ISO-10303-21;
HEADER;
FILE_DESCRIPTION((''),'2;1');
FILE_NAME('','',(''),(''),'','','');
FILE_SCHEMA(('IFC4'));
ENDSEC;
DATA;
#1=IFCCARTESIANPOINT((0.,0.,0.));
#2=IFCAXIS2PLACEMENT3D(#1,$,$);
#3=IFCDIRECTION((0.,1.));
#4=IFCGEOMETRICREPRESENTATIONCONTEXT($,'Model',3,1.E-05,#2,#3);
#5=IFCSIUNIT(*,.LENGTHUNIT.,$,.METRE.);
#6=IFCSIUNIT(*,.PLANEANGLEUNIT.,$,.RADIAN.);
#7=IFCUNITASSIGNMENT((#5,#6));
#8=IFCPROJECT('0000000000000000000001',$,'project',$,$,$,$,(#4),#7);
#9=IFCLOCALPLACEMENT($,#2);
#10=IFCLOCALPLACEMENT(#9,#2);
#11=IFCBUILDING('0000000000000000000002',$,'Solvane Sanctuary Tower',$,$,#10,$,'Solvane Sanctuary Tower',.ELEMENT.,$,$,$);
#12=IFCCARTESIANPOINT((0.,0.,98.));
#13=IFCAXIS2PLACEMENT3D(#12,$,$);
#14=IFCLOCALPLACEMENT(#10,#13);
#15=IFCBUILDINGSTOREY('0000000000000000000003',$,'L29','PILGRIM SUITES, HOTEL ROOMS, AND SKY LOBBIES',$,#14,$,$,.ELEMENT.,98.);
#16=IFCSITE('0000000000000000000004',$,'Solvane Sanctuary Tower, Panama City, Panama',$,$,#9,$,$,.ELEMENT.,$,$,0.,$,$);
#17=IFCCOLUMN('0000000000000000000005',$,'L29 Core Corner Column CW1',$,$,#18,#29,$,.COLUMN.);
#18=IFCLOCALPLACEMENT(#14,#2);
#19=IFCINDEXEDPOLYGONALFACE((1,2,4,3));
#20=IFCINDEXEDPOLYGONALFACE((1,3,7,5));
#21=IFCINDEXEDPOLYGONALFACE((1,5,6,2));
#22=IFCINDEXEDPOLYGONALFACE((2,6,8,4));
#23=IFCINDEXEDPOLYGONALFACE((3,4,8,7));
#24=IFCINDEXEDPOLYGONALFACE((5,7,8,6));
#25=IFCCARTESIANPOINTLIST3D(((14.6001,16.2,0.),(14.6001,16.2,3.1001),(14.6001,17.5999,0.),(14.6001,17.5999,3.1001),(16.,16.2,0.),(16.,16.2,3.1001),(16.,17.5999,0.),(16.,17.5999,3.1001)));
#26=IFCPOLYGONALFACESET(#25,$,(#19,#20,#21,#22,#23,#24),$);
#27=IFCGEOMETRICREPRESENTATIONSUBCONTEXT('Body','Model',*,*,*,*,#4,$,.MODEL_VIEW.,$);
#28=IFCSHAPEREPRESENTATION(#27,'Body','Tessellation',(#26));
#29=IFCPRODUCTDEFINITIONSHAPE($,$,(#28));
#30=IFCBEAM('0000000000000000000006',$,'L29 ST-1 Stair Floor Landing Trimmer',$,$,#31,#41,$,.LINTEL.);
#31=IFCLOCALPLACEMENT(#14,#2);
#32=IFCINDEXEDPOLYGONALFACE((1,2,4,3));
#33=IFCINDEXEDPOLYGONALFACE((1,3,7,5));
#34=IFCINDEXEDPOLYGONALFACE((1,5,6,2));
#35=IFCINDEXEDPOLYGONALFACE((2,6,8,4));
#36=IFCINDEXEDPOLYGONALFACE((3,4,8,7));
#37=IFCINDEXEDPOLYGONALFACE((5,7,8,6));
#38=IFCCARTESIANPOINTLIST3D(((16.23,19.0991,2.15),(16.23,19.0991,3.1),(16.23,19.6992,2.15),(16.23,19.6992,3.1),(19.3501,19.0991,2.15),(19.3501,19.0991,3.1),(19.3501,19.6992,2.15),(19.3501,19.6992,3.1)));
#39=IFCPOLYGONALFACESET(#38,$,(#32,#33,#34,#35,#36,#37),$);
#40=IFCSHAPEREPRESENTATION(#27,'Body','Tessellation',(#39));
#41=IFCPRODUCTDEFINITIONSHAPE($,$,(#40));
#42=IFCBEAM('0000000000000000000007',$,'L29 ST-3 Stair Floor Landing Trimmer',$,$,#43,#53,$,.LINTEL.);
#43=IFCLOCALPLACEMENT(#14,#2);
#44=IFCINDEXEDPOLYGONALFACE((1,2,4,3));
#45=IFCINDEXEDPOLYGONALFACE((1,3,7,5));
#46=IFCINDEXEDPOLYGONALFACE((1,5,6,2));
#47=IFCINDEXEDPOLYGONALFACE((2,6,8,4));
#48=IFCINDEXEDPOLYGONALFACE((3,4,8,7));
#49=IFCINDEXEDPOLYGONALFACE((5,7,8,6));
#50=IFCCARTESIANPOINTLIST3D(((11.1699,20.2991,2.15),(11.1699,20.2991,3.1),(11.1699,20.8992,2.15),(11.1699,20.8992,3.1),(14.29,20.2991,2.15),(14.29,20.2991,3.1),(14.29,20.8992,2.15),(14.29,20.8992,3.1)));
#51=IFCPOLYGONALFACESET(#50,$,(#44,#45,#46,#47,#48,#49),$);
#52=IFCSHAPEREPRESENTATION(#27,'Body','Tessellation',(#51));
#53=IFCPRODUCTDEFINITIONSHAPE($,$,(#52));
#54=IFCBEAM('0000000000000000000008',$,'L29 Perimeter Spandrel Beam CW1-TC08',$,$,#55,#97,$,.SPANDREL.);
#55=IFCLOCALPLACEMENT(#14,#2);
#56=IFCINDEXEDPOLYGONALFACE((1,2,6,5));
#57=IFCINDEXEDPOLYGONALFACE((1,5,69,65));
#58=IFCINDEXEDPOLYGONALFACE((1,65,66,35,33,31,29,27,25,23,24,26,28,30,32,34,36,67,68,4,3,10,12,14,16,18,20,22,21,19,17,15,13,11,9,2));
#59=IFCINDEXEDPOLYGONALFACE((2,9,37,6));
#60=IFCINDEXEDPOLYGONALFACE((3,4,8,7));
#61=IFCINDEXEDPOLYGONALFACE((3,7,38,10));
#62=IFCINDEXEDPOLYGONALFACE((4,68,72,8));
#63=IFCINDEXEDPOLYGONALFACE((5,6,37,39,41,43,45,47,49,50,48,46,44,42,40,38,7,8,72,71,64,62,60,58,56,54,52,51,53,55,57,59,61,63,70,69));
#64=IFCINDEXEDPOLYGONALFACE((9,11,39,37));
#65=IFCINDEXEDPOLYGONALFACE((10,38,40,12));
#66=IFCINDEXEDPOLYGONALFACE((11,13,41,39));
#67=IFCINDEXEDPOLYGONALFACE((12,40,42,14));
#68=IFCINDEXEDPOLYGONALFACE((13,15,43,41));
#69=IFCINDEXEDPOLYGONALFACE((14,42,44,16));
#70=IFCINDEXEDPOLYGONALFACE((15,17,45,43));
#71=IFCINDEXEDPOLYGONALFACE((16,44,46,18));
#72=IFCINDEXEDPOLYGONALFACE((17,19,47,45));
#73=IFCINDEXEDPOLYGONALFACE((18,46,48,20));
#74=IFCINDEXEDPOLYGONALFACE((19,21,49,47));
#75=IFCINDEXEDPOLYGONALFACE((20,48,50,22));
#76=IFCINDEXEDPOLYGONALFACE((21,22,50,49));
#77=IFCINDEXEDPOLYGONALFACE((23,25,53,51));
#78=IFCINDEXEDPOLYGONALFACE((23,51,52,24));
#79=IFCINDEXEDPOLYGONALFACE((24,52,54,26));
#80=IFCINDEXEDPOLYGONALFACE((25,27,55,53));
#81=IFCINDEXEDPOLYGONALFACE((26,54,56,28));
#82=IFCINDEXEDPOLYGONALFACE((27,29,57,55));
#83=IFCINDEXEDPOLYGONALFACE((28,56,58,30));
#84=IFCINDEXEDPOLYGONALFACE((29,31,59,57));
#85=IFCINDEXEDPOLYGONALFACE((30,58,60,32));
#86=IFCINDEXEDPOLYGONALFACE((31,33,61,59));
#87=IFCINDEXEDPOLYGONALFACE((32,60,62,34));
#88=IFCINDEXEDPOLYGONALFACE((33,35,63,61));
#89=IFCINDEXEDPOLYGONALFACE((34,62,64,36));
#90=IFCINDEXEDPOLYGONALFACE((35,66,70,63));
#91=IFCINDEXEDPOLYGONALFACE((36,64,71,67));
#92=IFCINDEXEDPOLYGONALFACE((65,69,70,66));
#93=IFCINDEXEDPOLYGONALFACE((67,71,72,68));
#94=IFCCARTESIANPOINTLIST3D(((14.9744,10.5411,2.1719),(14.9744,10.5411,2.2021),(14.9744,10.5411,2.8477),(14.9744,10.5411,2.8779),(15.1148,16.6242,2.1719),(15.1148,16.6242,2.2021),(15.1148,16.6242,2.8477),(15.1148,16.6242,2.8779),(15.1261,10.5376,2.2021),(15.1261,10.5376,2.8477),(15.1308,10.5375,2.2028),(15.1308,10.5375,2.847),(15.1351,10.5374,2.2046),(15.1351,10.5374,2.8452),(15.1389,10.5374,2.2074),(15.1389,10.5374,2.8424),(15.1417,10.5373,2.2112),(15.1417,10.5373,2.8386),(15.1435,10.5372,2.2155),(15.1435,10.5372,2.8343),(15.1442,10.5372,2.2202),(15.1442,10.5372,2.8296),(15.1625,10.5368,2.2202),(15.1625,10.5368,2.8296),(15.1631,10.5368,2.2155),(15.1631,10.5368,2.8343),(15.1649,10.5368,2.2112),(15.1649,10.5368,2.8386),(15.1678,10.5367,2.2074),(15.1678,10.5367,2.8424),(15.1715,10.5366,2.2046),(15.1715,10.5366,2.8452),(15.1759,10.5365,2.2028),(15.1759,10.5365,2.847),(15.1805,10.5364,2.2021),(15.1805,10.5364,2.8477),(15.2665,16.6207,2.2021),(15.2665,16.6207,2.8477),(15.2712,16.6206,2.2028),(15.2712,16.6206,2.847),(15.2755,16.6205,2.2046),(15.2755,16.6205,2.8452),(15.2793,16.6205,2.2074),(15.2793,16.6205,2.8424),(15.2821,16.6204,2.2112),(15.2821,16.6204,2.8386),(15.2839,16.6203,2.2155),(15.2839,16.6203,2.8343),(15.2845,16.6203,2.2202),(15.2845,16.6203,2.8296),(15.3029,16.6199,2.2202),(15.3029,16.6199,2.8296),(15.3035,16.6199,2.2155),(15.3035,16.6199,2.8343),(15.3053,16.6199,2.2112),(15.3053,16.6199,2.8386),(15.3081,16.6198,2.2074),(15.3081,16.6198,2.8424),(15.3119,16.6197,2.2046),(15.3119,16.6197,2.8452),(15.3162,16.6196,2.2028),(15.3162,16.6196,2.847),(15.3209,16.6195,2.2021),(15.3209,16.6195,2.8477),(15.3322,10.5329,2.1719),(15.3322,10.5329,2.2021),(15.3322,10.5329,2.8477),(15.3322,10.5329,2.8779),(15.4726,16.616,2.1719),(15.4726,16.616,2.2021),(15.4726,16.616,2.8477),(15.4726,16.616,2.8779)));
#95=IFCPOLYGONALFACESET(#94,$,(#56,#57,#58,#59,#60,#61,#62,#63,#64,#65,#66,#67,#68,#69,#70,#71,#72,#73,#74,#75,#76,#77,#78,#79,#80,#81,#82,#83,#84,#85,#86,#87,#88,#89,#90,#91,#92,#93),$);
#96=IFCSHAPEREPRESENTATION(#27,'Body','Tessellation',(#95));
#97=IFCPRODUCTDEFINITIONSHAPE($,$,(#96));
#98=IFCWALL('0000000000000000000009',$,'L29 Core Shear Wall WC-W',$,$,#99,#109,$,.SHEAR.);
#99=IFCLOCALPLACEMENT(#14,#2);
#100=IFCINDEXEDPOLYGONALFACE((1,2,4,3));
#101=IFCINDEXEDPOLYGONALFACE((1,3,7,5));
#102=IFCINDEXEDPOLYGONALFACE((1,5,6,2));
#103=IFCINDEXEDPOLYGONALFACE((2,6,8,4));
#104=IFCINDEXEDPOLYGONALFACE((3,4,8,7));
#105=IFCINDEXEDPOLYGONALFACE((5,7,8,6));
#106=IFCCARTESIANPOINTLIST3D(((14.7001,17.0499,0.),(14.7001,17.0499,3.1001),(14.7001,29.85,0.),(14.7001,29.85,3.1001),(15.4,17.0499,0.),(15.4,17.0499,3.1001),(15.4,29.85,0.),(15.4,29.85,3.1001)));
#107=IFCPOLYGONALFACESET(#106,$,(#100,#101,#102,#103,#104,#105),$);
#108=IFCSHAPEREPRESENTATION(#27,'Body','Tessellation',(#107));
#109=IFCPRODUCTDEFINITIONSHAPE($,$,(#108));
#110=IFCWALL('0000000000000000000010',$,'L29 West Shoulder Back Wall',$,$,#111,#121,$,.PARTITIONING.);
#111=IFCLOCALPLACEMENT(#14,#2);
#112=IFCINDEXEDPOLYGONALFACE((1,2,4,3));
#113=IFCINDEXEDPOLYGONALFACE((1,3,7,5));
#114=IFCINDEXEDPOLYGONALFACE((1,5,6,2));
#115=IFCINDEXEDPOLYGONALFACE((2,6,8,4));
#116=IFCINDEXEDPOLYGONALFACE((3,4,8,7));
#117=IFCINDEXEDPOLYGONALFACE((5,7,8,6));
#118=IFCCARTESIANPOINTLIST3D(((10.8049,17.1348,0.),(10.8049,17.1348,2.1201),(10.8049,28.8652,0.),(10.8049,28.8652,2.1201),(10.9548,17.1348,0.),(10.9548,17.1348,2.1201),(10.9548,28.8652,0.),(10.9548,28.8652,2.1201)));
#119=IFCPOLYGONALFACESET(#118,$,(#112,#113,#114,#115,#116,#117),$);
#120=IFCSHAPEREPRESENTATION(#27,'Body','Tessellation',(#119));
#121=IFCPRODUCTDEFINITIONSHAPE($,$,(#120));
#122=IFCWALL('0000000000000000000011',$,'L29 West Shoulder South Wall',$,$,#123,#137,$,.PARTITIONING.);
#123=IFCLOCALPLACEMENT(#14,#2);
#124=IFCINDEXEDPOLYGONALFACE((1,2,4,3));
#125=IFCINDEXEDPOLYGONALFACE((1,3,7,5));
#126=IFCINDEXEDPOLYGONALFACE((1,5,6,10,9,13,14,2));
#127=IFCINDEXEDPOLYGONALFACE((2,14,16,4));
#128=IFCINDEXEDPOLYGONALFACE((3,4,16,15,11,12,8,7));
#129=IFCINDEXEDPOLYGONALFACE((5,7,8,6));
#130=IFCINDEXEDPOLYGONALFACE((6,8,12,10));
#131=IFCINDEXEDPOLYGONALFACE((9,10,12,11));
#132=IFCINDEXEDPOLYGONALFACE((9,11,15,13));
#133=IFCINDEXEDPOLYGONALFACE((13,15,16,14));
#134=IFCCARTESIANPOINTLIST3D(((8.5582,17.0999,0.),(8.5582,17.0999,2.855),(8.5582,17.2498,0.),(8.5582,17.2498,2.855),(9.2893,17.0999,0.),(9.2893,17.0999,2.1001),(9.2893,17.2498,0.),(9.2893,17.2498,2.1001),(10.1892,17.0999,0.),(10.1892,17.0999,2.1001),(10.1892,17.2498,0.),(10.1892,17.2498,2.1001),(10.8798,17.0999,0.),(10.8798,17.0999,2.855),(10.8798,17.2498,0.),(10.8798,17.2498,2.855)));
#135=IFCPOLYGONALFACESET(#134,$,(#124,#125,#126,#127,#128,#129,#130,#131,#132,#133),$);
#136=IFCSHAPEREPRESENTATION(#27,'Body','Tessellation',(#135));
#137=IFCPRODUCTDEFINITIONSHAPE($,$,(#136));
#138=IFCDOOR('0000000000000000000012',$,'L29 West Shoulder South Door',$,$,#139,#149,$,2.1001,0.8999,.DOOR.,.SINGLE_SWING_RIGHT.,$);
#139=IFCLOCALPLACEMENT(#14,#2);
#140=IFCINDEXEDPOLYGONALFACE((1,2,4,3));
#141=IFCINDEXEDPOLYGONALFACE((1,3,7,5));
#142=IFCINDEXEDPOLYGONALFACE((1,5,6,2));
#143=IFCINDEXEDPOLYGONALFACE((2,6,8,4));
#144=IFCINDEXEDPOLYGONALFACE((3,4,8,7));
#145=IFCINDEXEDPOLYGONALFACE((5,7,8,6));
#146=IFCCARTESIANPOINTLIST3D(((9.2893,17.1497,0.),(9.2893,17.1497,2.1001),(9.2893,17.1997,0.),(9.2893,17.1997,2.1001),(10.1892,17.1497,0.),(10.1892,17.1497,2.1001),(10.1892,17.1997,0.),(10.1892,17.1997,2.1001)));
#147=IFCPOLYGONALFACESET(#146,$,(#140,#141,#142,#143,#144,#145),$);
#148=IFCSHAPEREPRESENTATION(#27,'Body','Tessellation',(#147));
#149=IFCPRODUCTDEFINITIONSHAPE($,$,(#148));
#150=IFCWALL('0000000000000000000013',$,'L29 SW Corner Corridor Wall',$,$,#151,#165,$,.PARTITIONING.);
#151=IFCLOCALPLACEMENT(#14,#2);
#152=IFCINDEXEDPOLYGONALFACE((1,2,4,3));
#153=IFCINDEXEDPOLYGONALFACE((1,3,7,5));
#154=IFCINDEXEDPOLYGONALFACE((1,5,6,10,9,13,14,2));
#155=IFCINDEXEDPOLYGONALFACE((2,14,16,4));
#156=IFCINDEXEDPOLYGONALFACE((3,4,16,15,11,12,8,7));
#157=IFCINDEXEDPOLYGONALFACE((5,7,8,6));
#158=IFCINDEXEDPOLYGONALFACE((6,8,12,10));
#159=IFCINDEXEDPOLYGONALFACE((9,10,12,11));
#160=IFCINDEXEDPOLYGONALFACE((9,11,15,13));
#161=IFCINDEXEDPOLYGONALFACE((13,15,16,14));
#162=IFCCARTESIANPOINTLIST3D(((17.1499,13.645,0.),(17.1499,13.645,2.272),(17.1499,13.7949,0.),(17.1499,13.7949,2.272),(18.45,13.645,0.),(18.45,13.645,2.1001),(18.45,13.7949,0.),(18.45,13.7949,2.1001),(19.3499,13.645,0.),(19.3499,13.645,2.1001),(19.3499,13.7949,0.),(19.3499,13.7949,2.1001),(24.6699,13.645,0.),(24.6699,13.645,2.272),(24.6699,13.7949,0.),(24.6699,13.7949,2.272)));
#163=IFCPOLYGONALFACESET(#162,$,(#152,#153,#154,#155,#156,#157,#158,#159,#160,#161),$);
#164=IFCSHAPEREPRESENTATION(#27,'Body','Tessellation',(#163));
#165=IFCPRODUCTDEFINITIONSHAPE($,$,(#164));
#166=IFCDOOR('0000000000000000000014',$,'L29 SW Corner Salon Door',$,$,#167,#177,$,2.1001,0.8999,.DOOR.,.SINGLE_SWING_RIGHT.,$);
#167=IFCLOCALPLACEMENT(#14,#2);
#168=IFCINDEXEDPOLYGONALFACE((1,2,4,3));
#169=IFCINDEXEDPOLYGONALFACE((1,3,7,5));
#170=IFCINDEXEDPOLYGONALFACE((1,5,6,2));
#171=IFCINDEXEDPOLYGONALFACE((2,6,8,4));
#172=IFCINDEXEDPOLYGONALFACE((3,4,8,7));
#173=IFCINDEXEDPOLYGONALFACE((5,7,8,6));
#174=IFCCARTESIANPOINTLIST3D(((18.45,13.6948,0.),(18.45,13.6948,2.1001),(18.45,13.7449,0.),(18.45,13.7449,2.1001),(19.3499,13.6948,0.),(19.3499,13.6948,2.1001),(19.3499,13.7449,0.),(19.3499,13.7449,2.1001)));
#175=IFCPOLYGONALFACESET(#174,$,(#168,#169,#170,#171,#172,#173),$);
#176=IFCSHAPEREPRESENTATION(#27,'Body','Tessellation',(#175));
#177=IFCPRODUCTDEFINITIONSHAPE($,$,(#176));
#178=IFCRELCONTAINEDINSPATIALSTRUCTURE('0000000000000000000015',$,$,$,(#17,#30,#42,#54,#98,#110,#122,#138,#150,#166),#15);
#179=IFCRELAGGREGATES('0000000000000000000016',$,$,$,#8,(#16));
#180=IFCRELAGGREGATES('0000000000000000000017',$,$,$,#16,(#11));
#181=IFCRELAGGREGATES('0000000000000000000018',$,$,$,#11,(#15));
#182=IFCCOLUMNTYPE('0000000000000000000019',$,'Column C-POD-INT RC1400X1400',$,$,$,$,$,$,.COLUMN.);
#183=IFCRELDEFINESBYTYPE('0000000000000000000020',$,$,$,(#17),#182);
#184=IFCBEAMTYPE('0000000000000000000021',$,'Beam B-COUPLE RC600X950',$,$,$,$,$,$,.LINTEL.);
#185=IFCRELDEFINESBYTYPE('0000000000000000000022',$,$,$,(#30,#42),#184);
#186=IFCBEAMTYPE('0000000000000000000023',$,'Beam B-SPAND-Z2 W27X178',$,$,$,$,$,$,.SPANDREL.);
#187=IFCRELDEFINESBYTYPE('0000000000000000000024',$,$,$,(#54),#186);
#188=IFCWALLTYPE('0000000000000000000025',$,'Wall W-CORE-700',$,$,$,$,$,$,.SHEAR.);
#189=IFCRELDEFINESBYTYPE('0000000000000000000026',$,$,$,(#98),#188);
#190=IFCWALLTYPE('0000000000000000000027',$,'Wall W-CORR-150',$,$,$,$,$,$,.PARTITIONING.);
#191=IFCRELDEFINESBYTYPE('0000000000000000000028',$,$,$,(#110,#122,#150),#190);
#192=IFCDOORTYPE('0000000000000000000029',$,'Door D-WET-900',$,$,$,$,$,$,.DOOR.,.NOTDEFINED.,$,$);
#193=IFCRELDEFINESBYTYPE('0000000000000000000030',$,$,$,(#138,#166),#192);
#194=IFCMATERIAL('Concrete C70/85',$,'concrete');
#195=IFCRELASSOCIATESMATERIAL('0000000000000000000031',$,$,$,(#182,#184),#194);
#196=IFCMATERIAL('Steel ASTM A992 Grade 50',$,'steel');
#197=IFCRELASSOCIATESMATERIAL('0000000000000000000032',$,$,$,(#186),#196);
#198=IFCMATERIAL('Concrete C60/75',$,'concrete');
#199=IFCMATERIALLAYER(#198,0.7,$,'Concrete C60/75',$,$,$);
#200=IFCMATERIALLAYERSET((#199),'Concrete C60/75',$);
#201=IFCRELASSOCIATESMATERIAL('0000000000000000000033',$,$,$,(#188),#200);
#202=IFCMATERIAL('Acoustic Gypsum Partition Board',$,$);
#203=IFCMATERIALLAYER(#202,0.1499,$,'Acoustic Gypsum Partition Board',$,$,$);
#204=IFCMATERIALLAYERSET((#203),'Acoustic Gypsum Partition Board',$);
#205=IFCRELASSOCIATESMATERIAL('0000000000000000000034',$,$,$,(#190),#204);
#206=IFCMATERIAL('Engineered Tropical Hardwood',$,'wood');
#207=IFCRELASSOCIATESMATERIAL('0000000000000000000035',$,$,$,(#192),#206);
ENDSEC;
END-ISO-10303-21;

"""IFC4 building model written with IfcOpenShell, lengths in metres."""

from ifc_helpers import new_model, si_unit, direction, frame, frame_2d, origin, origin_2d, place, context, subcontext, project, spatial, rectangle, i_section, extrude, material, layer, layer_set, material_profile, profile_set, type_object, element, fill, save


model = new_model("IFC4")

# Units and contexts
model_context = context("Model", 3, precision=1e-05, world=origin(), true_north=direction((0.0, 1.0)))
body_context = subcontext(model_context, "Body", "Model", "MODEL_VIEW")
ifc_project = project(units=[si_unit("LENGTHUNIT", "METRE"), si_unit("PLANEANGLEUNIT", "RADIAN")], contexts=[model_context])

# Site, building, storey
site_placement = place(None, origin())
site = spatial("IfcSite", under=ifc_project, at=site_placement, Name="Solvane Sanctuary Tower, Panama City, Panama", CompositionType="ELEMENT", RefElevation=0.0)
building_placement = place(site_placement, origin())
building = spatial("IfcBuilding", under=site, at=building_placement, Name="Solvane Sanctuary Tower", LongName="Solvane Sanctuary Tower", CompositionType="ELEMENT")
storey_placement = place(building_placement, frame((0.0, 0.0, 98.0)))
storey = spatial("IfcBuildingStorey", under=building, at=storey_placement, Name="L29", Description="PILGRIM SUITES, HOTEL ROOMS, AND SKY LOBBIES", CompositionType="ELEMENT", Elevation=98.0)

# Column
ifc_material_1 = material(Name="Concrete C70/85", Category="concrete")
ifc_material_profile_1 = material_profile(ifc_material_1, rectangle(XDim=1.3999, YDim=1.3999, at=origin_2d()), Name="RC1400X1400")
ifc_profile_set_1 = profile_set([ifc_material_profile_1], Name="Concrete C70/85")
column_type = type_object("IfcColumnType", Name="Column C-POD-INT RC1400X1400", PredefinedType="COLUMN", material=ifc_profile_set_1)
column_placement = place(storey_placement, frame((15.3, 16.8999, 0.0), z_axis=(0.0, 0.0, 1.0), x_axis=(1.0, 0.0, 0.0)))
element("IfcColumn", 1, at=column_placement, inside=storey, type_object=column_type, Name="L29 Core Corner Column CW1", PredefinedType="COLUMN", context=body_context, shape_type="SweptSolid", body=[
    extrude(rectangle(XDim=1.3999, YDim=1.3999, at=origin_2d()), origin(), (0.0, 0.0, 1.0), 3.1001),
])

# Beams
ifc_material_profile_2 = material_profile(ifc_material_1, rectangle(XDim=0.6001, YDim=0.95, at=origin_2d()), Name="RC600X950")
ifc_profile_set_2 = profile_set([ifc_material_profile_2], Name="Concrete C70/85")
beam_type_1 = type_object("IfcBeamType", Name="Beam B-COUPLE RC600X950", PredefinedType="LINTEL", material=ifc_profile_set_2)
for number, where, z_axis, x_axis, name in (
    (2, (16.23, 19.3992, 2.625), (1.0, 0.0, 0.0), (0.0, 1.0, 0.0), "L29 ST-1 Stair Floor Landing Trimmer"),
    (3, (11.1699, 20.5991, 2.625), (1.0, 0.0, 0.0), (0.0, 1.0, 0.0), "L29 ST-3 Stair Floor Landing Trimmer"),
):
    element("IfcBeam", number, at=place(storey_placement, frame(where, z_axis=z_axis, x_axis=x_axis)), inside=storey, type_object=beam_type_1, Name=name, PredefinedType="LINTEL", context=body_context, shape_type="SweptSolid", body=[
        extrude(rectangle(XDim=0.6001, YDim=0.95, at=origin_2d()), origin(), (0.0, 0.0, 1.0), 3.1201),
    ])
ifc_material_2 = material(Name="Steel ASTM A992 Grade 50", Category="steel")
ifc_material_profile_3 = material_profile(ifc_material_2, i_section(OverallWidth=0.3579, OverallDepth=0.7061, WebThickness=0.0183, FlangeThickness=0.0303, FilletRadius=0.0181, at=origin_2d()), Name="W27X178")
ifc_profile_set_3 = profile_set([ifc_material_profile_3], Name="Steel ASTM A992 Grade 50")
beam_type_2 = type_object("IfcBeamType", Name="Beam B-SPAND-Z2 W27X178", PredefinedType="SPANDREL", material=ifc_profile_set_3)
beam_placement = place(storey_placement, frame((15.2937, 16.6201, 2.5249), z_axis=(-0.023071, -0.999734, 0.0), x_axis=(0.999734, -0.023071, 0.0)))
element("IfcBeam", 4, at=beam_placement, inside=storey, type_object=beam_type_2, Name="L29 Perimeter Spandrel Beam CW1-TC08", PredefinedType="SPANDREL", context=body_context, shape_type="SweptSolid", body=[
    extrude(i_section(OverallWidth=0.3579, OverallDepth=0.7061, WebThickness=0.0183, FlangeThickness=0.0303, FilletRadius=0.0181, at=origin_2d()), origin(), (0.0, 0.0, 1.0), 6.0847),
])

# Walls
ifc_material_3 = material(Name="Concrete C60/75", Category="concrete")
ifc_layer_1 = layer(ifc_material_3, 0.7, Name="Concrete C60/75")
ifc_layer_set_1 = layer_set([ifc_layer_1], Name="Concrete C60/75")
wall_type_1 = type_object("IfcWallType", Name="Wall W-CORE-700", PredefinedType="SHEAR", material=ifc_layer_set_1)
wall_1_placement = place(storey_placement, frame((15.05, 17.05, 0.0), z_axis=(0.0, 0.0, 1.0), x_axis=(0.0, 1.0, 0.0)))
element("IfcWall", 5, at=wall_1_placement, inside=storey, type_object=wall_type_1, Name="L29 Core Shear Wall WC-W", PredefinedType="SHEAR", context=body_context, shape_type="SweptSolid", body=[
    extrude(rectangle(XDim=12.8, YDim=0.7, at=frame_2d((6.3999, 0.0))), origin(), (0.0, 0.0, 1.0), 3.1001),
])
ifc_material_4 = material(Name="Acoustic Gypsum Partition Board")
ifc_layer_2 = layer(ifc_material_4, 0.1499, Name="Acoustic Gypsum Partition Board")
ifc_layer_set_2 = layer_set([ifc_layer_2], Name="Acoustic Gypsum Partition Board")
wall_type_2 = type_object("IfcWallType", Name="Wall W-CORR-150", PredefinedType="PARTITIONING", material=ifc_layer_set_2)
wall_2_placement = place(storey_placement, frame((10.8799, 17.1348, 0.0), z_axis=(0.0, 0.0, 1.0), x_axis=(0.0, 1.0, 0.0)))
element("IfcWall", 6, at=wall_2_placement, inside=storey, type_object=wall_type_2, Name="L29 West Shoulder Back Wall", PredefinedType="PARTITIONING", context=body_context, shape_type="SweptSolid", body=[
    extrude(rectangle(XDim=11.7305, YDim=0.1499, at=frame_2d((5.8652, 0.0))), origin(), (0.0, 0.0, 1.0), 2.1201),
])

# Walls, openings, doors
wall_3_placement = place(storey_placement, frame((8.5583, 17.1748, 0.0), z_axis=(0.0, 0.0, 1.0), x_axis=(1.0, 0.0, 0.0)))
wall_3 = element("IfcWall", 7, at=wall_3_placement, inside=storey, type_object=wall_type_2, Name="L29 West Shoulder South Wall", PredefinedType="PARTITIONING", context=body_context, shape_type="SweptSolid", body=[
    extrude(rectangle(XDim=2.3215, YDim=0.1499, at=frame_2d((1.1606, 0.0))), origin(), (0.0, 0.0, 1.0), 2.855),
])
opening_1_placement = place(wall_3_placement, frame((0.731, 0.0, 0.0)))
opening_1 = element("IfcOpeningElement", 8, at=opening_1_placement, cuts=wall_3, PredefinedType="OPENING", context=body_context, shape_type="SweptSolid", body=[
    extrude(rectangle(XDim=0.8999, YDim=2.1001, at=frame_2d((0.45, 1.05))), frame((0.0, 0.085, 0.0), z_axis=(0.0, -1.0, 0.0), x_axis=(1.0, 0.0, 0.0)), (0.0, 0.0, 1.0), 0.1699),
])
ifc_material_5 = material(Name="Engineered Tropical Hardwood", Category="wood")
door_type_1 = type_object("IfcDoorType", Name="Door D-WET-900", OperationType="NOTDEFINED", PredefinedType="DOOR", material=ifc_material_5)
door_1_placement = place(opening_1_placement, origin())
door_1 = element("IfcDoor", 9, at=door_1_placement, inside=storey, type_object=door_type_1, Name="L29 West Shoulder South Door", OperationType="SINGLE_SWING_RIGHT", OverallHeight=2.1001, OverallWidth=0.8999, PredefinedType="DOOR", context=body_context, shape_type="SweptSolid", body=[
    extrude(rectangle(XDim=0.8999, YDim=2.1001, at=frame_2d((0.45, 1.05))), frame((0.0, 0.0249, 0.0), z_axis=(0.0, -1.0, 0.0), x_axis=(1.0, 0.0, 0.0)), (0.0, 0.0, 1.0), 0.05),
])
fill(opening_1, door_1)
wall_4_placement = place(storey_placement, frame((17.1499, 13.72, 0.0), z_axis=(0.0, 0.0, 1.0), x_axis=(1.0, 0.0, 0.0)))
wall_4 = element("IfcWall", 10, at=wall_4_placement, inside=storey, type_object=wall_type_2, Name="L29 SW Corner Corridor Wall", PredefinedType="PARTITIONING", context=body_context, shape_type="SweptSolid", body=[
    extrude(rectangle(XDim=7.52, YDim=0.1499, at=frame_2d((3.76, 0.0))), origin(), (0.0, 0.0, 1.0), 2.272),
])
opening_2_placement = place(wall_4_placement, frame((1.3, 0.0, 0.0)))
opening_2 = element("IfcOpeningElement", 11, at=opening_2_placement, cuts=wall_4, PredefinedType="OPENING", context=body_context, shape_type="SweptSolid", body=[
    extrude(rectangle(XDim=0.8999, YDim=2.1001, at=frame_2d((0.45, 1.05))), frame((0.0, 0.085, 0.0), z_axis=(0.0, -1.0, 0.0), x_axis=(1.0, 0.0, 0.0)), (0.0, 0.0, 1.0), 0.1699),
])
door_2_placement = place(opening_2_placement, origin())
door_2 = element("IfcDoor", 12, at=door_2_placement, inside=storey, type_object=door_type_1, Name="L29 SW Corner Salon Door", OperationType="SINGLE_SWING_RIGHT", OverallHeight=2.1001, OverallWidth=0.8999, PredefinedType="DOOR", context=body_context, shape_type="SweptSolid", body=[
    extrude(rectangle(XDim=0.8999, YDim=2.1001, at=frame_2d((0.45, 1.05))), frame((0.0, 0.0249, 0.0), z_axis=(0.0, -1.0, 0.0), x_axis=(1.0, 0.0, 0.0)), (0.0, 0.0, 1.0), 0.05),
])
fill(opening_2, door_2)

save(model, "model.ifc")
